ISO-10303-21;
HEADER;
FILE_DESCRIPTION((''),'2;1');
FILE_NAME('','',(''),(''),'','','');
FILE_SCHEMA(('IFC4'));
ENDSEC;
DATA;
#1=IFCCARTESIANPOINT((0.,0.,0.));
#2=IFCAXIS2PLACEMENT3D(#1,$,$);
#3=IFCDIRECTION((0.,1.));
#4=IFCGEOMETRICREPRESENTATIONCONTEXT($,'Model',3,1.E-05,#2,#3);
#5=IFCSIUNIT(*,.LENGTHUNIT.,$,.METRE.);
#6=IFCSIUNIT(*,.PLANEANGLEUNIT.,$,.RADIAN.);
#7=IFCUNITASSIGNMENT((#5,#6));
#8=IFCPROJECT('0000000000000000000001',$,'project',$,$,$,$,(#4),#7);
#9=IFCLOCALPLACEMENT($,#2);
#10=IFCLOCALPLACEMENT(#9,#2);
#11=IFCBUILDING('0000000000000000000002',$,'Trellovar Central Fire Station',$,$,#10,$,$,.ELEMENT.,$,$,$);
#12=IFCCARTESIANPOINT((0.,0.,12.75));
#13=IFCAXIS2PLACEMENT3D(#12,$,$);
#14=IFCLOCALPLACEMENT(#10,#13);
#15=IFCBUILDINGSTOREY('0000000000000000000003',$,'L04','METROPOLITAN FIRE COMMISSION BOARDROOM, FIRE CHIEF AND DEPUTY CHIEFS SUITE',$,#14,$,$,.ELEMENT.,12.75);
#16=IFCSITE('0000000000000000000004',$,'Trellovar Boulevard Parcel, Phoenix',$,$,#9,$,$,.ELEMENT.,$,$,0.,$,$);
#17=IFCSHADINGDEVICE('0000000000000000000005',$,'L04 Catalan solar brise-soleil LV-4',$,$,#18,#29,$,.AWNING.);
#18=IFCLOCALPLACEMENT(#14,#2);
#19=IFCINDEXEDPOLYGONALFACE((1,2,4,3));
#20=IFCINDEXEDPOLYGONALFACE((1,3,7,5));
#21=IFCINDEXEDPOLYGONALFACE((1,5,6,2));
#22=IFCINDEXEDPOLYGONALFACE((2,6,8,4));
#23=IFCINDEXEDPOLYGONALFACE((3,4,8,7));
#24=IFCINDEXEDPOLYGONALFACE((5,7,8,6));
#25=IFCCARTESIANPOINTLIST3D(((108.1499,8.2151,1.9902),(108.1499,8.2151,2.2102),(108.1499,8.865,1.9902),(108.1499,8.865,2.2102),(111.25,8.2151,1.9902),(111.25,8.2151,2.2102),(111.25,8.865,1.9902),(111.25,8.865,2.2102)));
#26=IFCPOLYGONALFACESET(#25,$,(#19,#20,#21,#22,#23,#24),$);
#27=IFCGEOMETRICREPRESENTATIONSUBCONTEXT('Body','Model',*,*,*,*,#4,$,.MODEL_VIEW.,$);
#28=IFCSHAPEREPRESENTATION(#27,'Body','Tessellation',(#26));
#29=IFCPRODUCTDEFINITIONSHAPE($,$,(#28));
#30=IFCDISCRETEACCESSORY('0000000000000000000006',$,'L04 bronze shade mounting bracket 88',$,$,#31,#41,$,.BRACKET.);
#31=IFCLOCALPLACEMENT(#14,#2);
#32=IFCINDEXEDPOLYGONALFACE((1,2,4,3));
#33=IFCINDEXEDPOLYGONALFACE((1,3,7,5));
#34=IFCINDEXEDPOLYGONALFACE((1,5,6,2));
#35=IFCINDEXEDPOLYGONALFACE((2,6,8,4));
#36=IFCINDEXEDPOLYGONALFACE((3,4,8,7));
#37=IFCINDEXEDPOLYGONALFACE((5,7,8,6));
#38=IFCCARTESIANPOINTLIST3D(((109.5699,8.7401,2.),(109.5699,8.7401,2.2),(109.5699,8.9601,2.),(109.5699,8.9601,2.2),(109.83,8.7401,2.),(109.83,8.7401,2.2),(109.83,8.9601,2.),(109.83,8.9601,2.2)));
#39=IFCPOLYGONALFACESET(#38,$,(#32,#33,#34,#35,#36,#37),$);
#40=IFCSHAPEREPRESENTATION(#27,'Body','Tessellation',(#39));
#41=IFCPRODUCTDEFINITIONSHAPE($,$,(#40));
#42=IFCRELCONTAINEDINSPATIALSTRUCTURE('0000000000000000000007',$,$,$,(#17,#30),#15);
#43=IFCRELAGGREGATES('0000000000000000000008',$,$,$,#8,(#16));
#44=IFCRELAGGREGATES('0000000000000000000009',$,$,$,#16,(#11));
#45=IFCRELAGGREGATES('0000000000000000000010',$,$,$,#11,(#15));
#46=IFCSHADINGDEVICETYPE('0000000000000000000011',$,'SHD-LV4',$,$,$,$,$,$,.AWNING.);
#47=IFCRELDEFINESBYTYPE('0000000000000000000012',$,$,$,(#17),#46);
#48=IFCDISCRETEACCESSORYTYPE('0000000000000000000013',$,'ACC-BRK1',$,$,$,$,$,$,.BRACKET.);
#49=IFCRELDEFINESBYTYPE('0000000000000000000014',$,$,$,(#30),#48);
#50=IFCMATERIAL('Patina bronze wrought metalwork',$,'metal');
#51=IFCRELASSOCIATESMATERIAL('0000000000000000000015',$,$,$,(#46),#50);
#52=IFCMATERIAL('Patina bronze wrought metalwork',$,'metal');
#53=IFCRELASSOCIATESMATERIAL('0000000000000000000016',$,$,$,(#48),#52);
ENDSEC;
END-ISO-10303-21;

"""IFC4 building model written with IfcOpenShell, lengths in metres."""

from ifc_helpers import new_model, si_unit, direction, frame, origin, origin_2d, place, context, subcontext, project, spatial, rectangle, extrude, material, type_object, element, save


model = new_model("IFC4")

# Units and contexts
model_context = context("Model", 3, precision=1e-05, world=origin(), true_north=direction((0.0, 1.0)))
body_context = subcontext(model_context, "Body", "Model", "MODEL_VIEW")
ifc_project = project(units=[si_unit("LENGTHUNIT", "METRE"), si_unit("PLANEANGLEUNIT", "RADIAN")], contexts=[model_context])

# Site, building, storey
site_placement = place(None, origin())
site = spatial("IfcSite", under=ifc_project, at=site_placement, Name="Trellovar Boulevard Parcel, Phoenix", CompositionType="ELEMENT", RefElevation=0.0)
building_placement = place(site_placement, origin())
building = spatial("IfcBuilding", under=site, at=building_placement, Name="Trellovar Central Fire Station", CompositionType="ELEMENT")
storey_placement = place(building_placement, frame((0.0, 0.0, 12.75)))
storey = spatial("IfcBuildingStorey", under=building, at=storey_placement, Name="L04", Description="METROPOLITAN FIRE COMMISSION BOARDROOM, FIRE CHIEF AND DEPUTY CHIEFS SUITE", CompositionType="ELEMENT", Elevation=12.75)

# Shading device
ifc_material_1 = material(Name="Patina bronze wrought metalwork", Category="metal")
shading_device_type = type_object("IfcShadingDeviceType", Name="SHD-LV4", PredefinedType="AWNING", material=ifc_material_1)
shading_device_placement = place(storey_placement, frame((109.7, 8.54, 1.9902), z_axis=(0.0, 0.0, 1.0), x_axis=(1.0, 0.0, 0.0)))
element("IfcShadingDevice", 1, at=shading_device_placement, inside=storey, type_object=shading_device_type, Name="L04 Catalan solar brise-soleil LV-4", PredefinedType="AWNING", context=body_context, shape_type="SweptSolid", body=[
    extrude(rectangle(XDim=3.1001, YDim=0.6499, at=origin_2d()), origin(), (0.0, 0.0, 1.0), 0.22),
])

# Discrete accessory
ifc_material_2 = material(Name="Patina bronze wrought metalwork", Category="metal")
discrete_accessory_type = type_object("IfcDiscreteAccessoryType", Name="ACC-BRK1", PredefinedType="BRACKET", material=ifc_material_2)
discrete_accessory_placement = place(storey_placement, frame((109.7, 8.8501, 2.0), z_axis=(0.0, 0.0, 1.0), x_axis=(1.0, 0.0, 0.0)))
element("IfcDiscreteAccessory", 2, at=discrete_accessory_placement, inside=storey, type_object=discrete_accessory_type, Name="L04 bronze shade mounting bracket 88", PredefinedType="BRACKET", context=body_context, shape_type="SweptSolid", body=[
    extrude(rectangle(XDim=0.26, YDim=0.22, at=origin_2d()), origin(), (0.0, 0.0, 1.0), 0.2),
])

save(model, "model.ifc")
